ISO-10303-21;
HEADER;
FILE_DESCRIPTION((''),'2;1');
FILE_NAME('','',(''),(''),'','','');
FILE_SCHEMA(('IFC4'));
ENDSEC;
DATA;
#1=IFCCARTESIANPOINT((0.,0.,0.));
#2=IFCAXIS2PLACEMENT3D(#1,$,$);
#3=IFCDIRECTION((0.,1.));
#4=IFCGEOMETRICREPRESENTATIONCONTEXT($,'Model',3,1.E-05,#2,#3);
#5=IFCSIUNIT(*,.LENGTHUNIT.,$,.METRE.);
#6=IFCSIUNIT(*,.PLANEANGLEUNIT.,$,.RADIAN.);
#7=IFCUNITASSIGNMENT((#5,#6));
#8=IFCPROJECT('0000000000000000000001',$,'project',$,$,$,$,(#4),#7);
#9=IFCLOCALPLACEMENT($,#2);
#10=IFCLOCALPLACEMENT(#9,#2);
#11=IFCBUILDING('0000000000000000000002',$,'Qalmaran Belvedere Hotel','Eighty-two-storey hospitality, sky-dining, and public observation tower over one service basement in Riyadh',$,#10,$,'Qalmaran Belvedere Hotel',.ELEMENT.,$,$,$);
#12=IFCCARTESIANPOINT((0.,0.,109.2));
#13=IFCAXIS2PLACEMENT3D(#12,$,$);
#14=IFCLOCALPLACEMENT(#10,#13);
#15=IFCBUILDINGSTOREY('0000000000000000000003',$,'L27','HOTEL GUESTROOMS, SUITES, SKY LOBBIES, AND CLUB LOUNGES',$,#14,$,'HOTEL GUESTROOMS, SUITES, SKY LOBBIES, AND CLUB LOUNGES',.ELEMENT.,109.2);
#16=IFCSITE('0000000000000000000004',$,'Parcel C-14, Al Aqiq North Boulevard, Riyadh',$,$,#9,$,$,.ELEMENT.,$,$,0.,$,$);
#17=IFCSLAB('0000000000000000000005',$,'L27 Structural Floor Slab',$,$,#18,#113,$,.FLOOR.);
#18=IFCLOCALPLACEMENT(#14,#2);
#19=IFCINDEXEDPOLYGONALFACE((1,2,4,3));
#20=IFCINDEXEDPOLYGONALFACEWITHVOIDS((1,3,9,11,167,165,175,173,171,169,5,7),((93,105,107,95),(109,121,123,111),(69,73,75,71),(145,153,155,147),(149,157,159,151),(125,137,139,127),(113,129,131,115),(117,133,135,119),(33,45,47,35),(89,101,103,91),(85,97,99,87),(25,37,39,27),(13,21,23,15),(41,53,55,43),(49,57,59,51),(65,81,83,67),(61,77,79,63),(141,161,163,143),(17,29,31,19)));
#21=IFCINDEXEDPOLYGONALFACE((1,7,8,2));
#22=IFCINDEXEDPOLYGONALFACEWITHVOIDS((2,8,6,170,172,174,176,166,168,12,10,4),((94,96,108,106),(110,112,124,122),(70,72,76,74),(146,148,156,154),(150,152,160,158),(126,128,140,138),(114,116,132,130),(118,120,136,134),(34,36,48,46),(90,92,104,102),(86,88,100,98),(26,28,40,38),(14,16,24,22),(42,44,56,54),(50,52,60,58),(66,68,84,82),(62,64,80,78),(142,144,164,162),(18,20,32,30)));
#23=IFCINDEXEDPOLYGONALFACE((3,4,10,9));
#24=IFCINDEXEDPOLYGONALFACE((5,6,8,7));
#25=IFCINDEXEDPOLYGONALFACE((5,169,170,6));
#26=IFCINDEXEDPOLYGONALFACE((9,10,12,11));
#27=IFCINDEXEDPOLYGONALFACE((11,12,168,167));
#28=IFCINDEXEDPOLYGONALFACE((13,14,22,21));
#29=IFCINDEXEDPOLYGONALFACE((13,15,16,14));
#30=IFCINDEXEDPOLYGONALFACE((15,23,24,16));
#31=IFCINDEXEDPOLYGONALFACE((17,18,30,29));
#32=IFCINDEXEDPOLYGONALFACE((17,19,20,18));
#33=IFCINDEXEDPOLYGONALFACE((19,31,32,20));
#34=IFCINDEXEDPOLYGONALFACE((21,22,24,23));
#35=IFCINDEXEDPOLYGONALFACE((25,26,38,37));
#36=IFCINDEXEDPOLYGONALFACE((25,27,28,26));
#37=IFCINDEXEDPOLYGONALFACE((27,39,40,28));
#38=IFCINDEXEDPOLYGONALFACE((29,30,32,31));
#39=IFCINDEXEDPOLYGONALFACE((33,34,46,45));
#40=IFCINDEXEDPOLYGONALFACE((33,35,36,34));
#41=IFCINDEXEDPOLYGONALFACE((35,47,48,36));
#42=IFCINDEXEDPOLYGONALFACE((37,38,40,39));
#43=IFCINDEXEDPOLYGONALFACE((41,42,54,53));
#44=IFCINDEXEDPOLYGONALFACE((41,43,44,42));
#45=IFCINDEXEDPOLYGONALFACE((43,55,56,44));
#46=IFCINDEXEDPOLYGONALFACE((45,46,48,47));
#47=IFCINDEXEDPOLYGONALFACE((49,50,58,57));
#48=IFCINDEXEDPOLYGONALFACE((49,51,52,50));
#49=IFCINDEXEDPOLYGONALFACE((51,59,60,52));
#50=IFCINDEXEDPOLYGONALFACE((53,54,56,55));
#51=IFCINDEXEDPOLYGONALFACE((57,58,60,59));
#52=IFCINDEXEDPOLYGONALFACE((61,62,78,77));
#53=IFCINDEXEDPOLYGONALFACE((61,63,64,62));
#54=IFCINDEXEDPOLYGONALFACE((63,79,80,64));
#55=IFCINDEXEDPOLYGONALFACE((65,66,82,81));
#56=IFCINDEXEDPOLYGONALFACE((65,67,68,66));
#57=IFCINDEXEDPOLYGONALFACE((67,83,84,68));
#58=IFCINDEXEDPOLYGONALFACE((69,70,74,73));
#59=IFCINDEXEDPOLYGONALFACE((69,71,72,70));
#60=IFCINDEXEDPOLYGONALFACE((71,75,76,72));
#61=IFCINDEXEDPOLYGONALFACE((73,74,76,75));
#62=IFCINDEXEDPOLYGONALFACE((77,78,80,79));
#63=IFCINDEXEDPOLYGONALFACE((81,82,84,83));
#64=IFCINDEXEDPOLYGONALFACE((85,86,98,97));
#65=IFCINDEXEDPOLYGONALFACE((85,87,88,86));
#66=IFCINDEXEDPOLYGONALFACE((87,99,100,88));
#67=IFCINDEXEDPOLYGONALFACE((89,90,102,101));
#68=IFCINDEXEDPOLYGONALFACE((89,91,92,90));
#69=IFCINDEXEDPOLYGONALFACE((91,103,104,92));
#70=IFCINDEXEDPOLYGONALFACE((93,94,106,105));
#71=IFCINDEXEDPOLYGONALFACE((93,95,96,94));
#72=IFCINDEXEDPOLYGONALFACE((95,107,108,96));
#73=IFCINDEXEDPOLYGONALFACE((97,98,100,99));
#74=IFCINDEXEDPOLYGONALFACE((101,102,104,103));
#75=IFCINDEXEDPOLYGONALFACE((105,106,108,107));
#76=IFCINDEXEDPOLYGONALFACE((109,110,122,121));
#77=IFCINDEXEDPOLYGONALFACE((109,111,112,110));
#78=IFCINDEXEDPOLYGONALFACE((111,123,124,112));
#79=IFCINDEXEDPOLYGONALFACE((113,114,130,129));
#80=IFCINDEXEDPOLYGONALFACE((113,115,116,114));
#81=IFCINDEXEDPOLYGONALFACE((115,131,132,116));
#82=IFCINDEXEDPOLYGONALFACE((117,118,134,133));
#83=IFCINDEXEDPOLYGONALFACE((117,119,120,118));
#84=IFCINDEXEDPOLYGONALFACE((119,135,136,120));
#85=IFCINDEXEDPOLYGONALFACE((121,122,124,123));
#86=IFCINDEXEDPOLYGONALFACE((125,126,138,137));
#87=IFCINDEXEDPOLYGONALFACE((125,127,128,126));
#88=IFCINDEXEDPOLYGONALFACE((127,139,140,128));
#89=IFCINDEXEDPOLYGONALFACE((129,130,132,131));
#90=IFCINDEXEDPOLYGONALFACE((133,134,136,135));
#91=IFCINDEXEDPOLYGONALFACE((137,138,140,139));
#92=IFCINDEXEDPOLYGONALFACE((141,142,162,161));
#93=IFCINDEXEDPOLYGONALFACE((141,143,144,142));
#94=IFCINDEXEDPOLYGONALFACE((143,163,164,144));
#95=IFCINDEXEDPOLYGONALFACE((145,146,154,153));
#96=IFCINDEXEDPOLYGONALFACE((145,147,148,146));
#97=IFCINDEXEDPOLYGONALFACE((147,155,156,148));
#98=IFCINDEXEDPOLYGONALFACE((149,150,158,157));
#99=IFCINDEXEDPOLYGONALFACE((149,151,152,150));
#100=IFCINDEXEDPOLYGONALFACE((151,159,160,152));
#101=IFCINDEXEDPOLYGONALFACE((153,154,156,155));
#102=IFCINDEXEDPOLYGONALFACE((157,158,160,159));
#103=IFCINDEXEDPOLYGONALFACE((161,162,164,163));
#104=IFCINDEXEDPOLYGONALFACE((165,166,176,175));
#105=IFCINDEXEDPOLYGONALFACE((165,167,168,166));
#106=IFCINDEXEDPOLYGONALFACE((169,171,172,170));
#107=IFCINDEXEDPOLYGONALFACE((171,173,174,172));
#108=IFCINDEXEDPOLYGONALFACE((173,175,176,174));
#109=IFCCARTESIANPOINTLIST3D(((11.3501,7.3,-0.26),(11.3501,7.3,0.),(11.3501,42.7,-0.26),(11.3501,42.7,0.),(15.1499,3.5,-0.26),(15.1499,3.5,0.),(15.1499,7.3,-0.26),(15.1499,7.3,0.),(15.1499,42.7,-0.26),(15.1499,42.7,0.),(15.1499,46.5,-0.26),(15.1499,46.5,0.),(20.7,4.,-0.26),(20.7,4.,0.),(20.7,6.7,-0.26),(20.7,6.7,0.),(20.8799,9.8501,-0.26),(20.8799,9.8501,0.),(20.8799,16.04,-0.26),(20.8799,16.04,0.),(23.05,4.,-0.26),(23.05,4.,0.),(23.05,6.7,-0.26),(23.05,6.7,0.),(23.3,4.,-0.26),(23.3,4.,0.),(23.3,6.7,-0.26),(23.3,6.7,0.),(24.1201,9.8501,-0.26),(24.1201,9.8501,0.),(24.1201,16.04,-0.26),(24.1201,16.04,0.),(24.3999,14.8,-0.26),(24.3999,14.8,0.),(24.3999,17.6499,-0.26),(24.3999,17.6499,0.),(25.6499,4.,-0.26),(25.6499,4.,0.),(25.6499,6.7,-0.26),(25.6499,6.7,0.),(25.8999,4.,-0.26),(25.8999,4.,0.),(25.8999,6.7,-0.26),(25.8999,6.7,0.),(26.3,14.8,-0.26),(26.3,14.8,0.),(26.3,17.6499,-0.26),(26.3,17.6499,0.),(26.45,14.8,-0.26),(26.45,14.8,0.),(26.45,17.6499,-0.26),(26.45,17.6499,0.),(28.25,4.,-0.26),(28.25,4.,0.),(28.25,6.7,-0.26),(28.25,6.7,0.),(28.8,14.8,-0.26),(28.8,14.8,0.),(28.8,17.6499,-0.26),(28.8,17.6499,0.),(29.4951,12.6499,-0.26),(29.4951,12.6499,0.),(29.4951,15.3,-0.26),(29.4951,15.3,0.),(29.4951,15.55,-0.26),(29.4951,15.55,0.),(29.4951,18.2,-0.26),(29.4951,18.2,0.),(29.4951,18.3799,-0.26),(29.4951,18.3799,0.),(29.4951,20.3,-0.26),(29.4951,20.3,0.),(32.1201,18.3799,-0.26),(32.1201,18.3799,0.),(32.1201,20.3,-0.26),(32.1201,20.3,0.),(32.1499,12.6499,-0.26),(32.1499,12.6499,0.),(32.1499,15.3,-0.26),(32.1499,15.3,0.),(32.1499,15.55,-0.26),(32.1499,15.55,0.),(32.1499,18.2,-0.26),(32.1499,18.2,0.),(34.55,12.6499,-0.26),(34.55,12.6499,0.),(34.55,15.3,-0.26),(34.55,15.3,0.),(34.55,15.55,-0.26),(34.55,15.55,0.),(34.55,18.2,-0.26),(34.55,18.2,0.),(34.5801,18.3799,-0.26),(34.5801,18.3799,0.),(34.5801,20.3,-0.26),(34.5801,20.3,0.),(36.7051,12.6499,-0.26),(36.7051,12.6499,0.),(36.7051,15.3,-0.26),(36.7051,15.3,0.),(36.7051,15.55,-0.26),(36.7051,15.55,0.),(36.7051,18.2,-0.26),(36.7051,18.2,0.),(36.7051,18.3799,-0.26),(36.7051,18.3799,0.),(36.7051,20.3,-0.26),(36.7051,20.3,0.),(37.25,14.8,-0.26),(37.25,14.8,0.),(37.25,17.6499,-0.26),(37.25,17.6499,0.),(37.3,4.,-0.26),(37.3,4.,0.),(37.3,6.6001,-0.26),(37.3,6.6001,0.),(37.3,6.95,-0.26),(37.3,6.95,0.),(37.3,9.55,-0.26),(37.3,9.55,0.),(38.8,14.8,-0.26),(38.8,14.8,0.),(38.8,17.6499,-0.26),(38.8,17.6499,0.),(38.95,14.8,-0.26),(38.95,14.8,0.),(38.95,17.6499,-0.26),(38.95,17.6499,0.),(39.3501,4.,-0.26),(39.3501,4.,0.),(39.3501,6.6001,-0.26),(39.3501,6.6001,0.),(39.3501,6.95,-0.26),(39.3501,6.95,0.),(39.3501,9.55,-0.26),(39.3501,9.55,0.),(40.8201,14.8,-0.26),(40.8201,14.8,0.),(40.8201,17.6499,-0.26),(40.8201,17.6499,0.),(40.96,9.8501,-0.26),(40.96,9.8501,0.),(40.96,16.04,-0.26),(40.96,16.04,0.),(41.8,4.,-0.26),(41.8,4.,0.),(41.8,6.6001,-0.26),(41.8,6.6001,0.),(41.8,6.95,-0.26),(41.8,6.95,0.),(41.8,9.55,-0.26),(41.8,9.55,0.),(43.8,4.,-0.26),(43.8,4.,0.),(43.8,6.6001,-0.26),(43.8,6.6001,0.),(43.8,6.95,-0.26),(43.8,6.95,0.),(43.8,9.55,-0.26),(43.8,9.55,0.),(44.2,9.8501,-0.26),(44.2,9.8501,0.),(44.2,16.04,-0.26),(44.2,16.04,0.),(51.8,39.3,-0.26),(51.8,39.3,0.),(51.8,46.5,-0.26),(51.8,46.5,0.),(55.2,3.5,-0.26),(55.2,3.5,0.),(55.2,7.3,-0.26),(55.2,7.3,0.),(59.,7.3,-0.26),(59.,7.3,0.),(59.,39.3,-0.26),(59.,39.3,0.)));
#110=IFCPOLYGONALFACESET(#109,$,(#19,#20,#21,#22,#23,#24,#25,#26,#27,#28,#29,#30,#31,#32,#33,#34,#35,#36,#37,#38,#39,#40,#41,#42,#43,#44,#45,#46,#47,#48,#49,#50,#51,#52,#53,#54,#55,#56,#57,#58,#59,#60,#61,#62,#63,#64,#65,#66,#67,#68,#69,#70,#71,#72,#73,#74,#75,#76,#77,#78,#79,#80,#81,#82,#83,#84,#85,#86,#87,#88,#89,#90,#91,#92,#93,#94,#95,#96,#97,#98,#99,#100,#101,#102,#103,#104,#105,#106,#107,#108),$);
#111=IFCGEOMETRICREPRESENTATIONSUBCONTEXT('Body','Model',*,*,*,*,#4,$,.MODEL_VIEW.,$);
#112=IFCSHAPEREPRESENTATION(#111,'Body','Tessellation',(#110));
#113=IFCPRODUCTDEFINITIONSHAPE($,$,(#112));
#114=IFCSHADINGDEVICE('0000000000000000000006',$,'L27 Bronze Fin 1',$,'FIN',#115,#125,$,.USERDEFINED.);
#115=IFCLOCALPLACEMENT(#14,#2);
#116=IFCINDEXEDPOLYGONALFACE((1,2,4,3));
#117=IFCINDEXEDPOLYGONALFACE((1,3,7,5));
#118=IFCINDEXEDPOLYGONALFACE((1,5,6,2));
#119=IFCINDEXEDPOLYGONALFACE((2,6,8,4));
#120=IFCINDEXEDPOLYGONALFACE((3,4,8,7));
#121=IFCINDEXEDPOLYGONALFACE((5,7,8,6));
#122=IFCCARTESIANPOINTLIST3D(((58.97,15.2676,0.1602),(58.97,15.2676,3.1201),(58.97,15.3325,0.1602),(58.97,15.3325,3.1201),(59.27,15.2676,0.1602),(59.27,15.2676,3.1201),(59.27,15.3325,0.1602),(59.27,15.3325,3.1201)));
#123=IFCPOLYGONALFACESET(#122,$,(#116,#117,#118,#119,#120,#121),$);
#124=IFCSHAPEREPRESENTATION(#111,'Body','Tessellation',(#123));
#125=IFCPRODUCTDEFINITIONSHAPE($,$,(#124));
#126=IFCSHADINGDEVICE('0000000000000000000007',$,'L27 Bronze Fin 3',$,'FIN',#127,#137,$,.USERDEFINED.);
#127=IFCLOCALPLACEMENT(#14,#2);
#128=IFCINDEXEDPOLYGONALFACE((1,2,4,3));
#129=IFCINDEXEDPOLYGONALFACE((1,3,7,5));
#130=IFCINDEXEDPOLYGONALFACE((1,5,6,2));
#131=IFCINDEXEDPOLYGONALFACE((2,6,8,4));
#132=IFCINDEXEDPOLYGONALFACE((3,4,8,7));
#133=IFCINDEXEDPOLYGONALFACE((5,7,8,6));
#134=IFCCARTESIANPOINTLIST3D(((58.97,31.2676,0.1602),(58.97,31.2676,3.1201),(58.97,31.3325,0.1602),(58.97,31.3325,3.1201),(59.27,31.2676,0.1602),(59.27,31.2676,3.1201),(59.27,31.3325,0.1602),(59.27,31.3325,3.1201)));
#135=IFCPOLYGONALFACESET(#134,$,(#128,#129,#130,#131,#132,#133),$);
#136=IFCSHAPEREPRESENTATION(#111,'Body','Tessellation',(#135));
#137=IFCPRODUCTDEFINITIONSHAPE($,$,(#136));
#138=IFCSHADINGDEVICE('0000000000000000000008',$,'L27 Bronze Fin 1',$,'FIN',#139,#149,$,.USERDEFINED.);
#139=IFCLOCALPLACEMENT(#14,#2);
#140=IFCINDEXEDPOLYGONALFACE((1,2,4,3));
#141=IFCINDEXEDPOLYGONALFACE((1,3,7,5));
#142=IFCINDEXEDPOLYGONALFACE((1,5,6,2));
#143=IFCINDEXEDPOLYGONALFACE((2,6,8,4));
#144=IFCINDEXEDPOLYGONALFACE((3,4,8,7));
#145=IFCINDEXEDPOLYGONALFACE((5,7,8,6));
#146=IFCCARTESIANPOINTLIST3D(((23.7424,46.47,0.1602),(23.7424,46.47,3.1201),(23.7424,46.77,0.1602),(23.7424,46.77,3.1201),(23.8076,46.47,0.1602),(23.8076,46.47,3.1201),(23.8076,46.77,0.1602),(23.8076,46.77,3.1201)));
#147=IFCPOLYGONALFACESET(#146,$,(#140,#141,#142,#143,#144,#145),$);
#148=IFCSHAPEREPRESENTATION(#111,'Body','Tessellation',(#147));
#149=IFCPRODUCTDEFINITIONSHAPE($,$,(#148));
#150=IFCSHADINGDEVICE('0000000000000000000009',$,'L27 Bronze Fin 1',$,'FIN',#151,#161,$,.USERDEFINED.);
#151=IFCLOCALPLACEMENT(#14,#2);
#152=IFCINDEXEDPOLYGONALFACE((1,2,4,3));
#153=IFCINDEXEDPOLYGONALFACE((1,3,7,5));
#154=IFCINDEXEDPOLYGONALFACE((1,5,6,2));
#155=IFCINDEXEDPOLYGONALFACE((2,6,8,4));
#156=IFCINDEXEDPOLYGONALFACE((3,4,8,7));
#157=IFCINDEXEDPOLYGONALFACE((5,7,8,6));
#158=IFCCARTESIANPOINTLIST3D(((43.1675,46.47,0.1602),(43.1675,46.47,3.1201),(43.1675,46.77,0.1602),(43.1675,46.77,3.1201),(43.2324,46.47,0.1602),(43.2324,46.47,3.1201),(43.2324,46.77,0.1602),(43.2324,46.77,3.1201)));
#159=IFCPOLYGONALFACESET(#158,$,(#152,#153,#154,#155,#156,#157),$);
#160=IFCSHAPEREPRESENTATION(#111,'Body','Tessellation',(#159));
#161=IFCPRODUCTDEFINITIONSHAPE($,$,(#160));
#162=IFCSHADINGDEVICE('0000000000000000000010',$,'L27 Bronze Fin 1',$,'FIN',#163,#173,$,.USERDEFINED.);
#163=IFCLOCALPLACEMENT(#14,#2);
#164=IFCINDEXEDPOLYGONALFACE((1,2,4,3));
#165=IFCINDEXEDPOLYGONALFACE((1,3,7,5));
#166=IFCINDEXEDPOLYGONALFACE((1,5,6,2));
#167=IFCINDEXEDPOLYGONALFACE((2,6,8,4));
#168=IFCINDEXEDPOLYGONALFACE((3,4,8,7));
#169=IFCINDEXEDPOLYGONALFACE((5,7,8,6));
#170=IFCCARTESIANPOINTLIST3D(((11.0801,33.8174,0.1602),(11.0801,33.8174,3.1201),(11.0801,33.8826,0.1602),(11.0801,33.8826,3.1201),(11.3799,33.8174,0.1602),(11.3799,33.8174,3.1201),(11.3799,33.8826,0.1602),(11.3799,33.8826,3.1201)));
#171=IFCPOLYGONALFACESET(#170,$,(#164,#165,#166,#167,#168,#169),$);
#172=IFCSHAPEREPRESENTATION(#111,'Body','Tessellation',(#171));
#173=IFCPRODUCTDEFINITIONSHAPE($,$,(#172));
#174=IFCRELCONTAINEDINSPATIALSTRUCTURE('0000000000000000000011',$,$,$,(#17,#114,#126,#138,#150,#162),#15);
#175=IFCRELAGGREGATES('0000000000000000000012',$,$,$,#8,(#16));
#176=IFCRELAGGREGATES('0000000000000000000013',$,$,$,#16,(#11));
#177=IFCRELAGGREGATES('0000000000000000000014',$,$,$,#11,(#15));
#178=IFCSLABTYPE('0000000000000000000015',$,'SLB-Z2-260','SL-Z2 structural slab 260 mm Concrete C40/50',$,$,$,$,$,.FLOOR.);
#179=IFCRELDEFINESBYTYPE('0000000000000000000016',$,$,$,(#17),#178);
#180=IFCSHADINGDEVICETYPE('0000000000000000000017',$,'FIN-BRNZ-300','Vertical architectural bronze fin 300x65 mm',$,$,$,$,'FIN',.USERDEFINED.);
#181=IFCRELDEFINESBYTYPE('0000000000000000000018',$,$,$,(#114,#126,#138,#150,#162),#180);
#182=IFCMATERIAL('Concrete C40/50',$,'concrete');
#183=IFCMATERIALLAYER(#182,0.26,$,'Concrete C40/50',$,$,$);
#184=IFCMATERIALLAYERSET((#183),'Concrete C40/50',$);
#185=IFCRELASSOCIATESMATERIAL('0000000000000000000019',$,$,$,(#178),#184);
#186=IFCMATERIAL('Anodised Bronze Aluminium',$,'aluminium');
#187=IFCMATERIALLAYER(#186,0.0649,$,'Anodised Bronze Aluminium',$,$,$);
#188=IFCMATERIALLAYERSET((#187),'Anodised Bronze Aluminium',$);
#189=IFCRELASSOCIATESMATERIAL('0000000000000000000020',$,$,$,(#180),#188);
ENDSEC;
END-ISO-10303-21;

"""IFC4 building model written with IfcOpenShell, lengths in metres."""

from ifc_helpers import new_model, si_unit, direction, frame, origin, place, context, subcontext, project, spatial, polyline, outline, extrude, material, layer, layer_set, type_object, element, save


model = new_model("IFC4")

# Units and contexts
model_context = context("Model", 3, precision=1e-05, world=origin(), true_north=direction((0.0, 1.0)))
body_context = subcontext(model_context, "Body", "Model", "MODEL_VIEW")
ifc_project = project(units=[si_unit("LENGTHUNIT", "METRE"), si_unit("PLANEANGLEUNIT", "RADIAN")], contexts=[model_context])

# Site, building, storey
site_placement = place(None, origin())
site = spatial("IfcSite", under=ifc_project, at=site_placement, Name="Parcel C-14, Al Aqiq North Boulevard, Riyadh", CompositionType="ELEMENT", RefElevation=0.0)
building_placement = place(site_placement, origin())
building = spatial("IfcBuilding", under=site, at=building_placement, Name="Qalmaran Belvedere Hotel", Description="Eighty-two-storey hospitality, sky-dining, and public observation tower over one service basement in Riyadh", LongName="Qalmaran Belvedere Hotel", CompositionType="ELEMENT")
storey_placement = place(building_placement, frame((0.0, 0.0, 109.2)))
storey = spatial("IfcBuildingStorey", under=building, at=storey_placement, Name="L27", Description="HOTEL GUESTROOMS, SUITES, SKY LOBBIES, AND CLUB LOUNGES", LongName="HOTEL GUESTROOMS, SUITES, SKY LOBBIES, AND CLUB LOUNGES", CompositionType="ELEMENT", Elevation=109.2)

# Shared definitions
ifc_material_1 = material(Name="Anodised Bronze Aluminium", Category="aluminium")

# Shared definitions
ifc_material_2 = material(Name="Concrete C40/50", Category="concrete")

# Slab
ifc_layer_1 = layer(ifc_material_2, 0.26, Name="Concrete C40/50")
ifc_layer_set_1 = layer_set([ifc_layer_1], Name="Concrete C40/50")
slab_type_1 = type_object("IfcSlabType", Name="SLB-Z2-260", Description="SL-Z2 structural slab 260 mm Concrete C40/50", PredefinedType="FLOOR", material=ifc_layer_set_1)
slab_1_placement = place(storey_placement, frame((0.0, 0.0, -0.26)))
element("IfcSlab", 1, at=slab_1_placement, inside=storey, type_object=slab_type_1, Name="L27 Structural Floor Slab", PredefinedType="FLOOR", context=body_context, shape_type="SweptSolid", body=[
    extrude(outline(polyline([(15.1499, 3.5), (55.2, 3.5), (55.2, 7.3), (59.0, 7.3), (59.0, 39.3), (51.8, 39.3), (51.8, 46.5), (15.1499, 46.5), (15.1499, 42.7), (11.3501, 42.7), (11.3501, 7.3), (15.1499, 7.3), (15.1499, 3.5)]), holes=[polyline([(20.8799, 9.8501), (24.1201, 9.8501), (24.1201, 16.04), (20.8799, 16.04), (20.8799, 9.8501)]), polyline([(40.96, 9.8501), (44.2, 9.8501), (44.2, 16.04), (40.96, 16.04), (40.96, 9.8501)]), polyline([(29.4951, 12.6499), (32.1499, 12.6499), (32.1499, 15.3), (29.4951, 15.3), (29.4951, 12.6499)]), polyline([(29.4951, 15.55), (32.1499, 15.55), (32.1499, 18.2), (29.4951, 18.2), (29.4951, 15.55)]), polyline([(34.55, 12.6499), (36.7051, 12.6499), (36.7051, 15.3), (34.55, 15.3), (34.55, 12.6499)]), polyline([(34.55, 15.55), (36.7051, 15.55), (36.7051, 18.2), (34.55, 18.2), (34.55, 15.55)]), polyline([(37.3, 4.0), (39.3501, 4.0), (39.3501, 6.6001), (37.3, 6.6001), (37.3, 4.0)]), polyline([(37.3, 6.95), (39.3501, 6.95), (39.3501, 9.55), (37.3, 9.55), (37.3, 6.95)]), polyline([(41.8, 4.0), (43.8, 4.0), (43.8, 6.6001), (41.8, 6.6001), (41.8, 4.0)]), polyline([(41.8, 6.95), (43.8, 6.95), (43.8, 9.55), (41.8, 9.55), (41.8, 6.95)]), polyline([(20.7, 4.0), (23.05, 4.0), (23.05, 6.7), (20.7, 6.7), (20.7, 4.0)]), polyline([(23.3, 4.0), (25.6499, 4.0), (25.6499, 6.7), (23.3, 6.7), (23.3, 4.0)]), polyline([(25.8999, 4.0), (28.25, 4.0), (28.25, 6.7), (25.8999, 6.7), (25.8999, 4.0)]), polyline([(24.3999, 14.8), (26.3, 14.8), (26.3, 17.6499), (24.3999, 17.6499), (24.3999, 14.8)]), polyline([(38.95, 14.8), (40.8201, 14.8), (40.8201, 17.6499), (38.95, 17.6499), (38.95, 14.8)]), polyline([(26.45, 14.8), (28.8, 14.8), (28.8, 17.6499), (26.45, 17.6499), (26.45, 14.8)]), polyline([(37.25, 14.8), (38.8, 14.8), (38.8, 17.6499), (37.25, 17.6499), (37.25, 14.8)]), polyline([(29.4951, 18.3799), (32.1201, 18.3799), (32.1201, 20.3), (29.4951, 20.3), (29.4951, 18.3799)]), polyline([(34.5801, 18.3799), (36.7051, 18.3799), (36.7051, 20.3), (34.5801, 20.3), (34.5801, 18.3799)])]), origin(), (0.0, 0.0, 1.0), 0.26),
])

# Shading devices
ifc_layer_2 = layer(ifc_material_1, 0.0649, Name="Anodised Bronze Aluminium")
ifc_layer_set_2 = layer_set([ifc_layer_2], Name="Anodised Bronze Aluminium")
shading_device_type = type_object("IfcShadingDeviceType", Name="FIN-BRNZ-300", Description="Vertical architectural bronze fin 300x65 mm", ElementType="FIN", PredefinedType="USERDEFINED", material=ifc_layer_set_2)
shading_device_1_placement = place(storey_placement, frame((0.0, 0.0, 0.1602)))
element("IfcShadingDevice", 2, at=shading_device_1_placement, inside=storey, type_object=shading_device_type, Name="L27 Bronze Fin 1", ObjectType="FIN", PredefinedType="USERDEFINED", context=body_context, shape_type="SweptSolid", body=[
    extrude(outline(polyline([(58.97, 15.2676), (59.27, 15.2676), (59.27, 15.3325), (58.97, 15.3325), (58.97, 15.2676)])), origin(), (0.0, 0.0, 1.0), 2.96),
])
shading_device_2_placement = place(storey_placement, frame((0.0, 0.0, 0.1602)))
element("IfcShadingDevice", 3, at=shading_device_2_placement, inside=storey, type_object=shading_device_type, Name="L27 Bronze Fin 3", ObjectType="FIN", PredefinedType="USERDEFINED", context=body_context, shape_type="SweptSolid", body=[
    extrude(outline(polyline([(58.97, 31.2676), (59.27, 31.2676), (59.27, 31.3325), (58.97, 31.3325), (58.97, 31.2676)])), origin(), (0.0, 0.0, 1.0), 2.96),
])
shading_device_3_placement = place(storey_placement, frame((0.0, 0.0, 0.1602)))
element("IfcShadingDevice", 4, at=shading_device_3_placement, inside=storey, type_object=shading_device_type, Name="L27 Bronze Fin 1", ObjectType="FIN", PredefinedType="USERDEFINED", context=body_context, shape_type="SweptSolid", body=[
    extrude(outline(polyline([(23.8076, 46.47), (23.8076, 46.77), (23.7424, 46.77), (23.7424, 46.47), (23.8076, 46.47)])), origin(), (0.0, 0.0, 1.0), 2.96),
])
shading_device_4_placement = place(storey_placement, frame((0.0, 0.0, 0.1602)))
element("IfcShadingDevice", 5, at=shading_device_4_placement, inside=storey, type_object=shading_device_type, Name="L27 Bronze Fin 1", ObjectType="FIN", PredefinedType="USERDEFINED", context=body_context, shape_type="SweptSolid", body=[
    extrude(outline(polyline([(43.2324, 46.47), (43.2324, 46.77), (43.1675, 46.77), (43.1675, 46.47), (43.2324, 46.47)])), origin(), (0.0, 0.0, 1.0), 2.96),
])
shading_device_5_placement = place(storey_placement, frame((0.0, 0.0, 0.1602)))
element("IfcShadingDevice", 6, at=shading_device_5_placement, inside=storey, type_object=shading_device_type, Name="L27 Bronze Fin 1", ObjectType="FIN", PredefinedType="USERDEFINED", context=body_context, shape_type="SweptSolid", body=[
    extrude(outline(polyline([(11.3799, 33.8826), (11.0801, 33.8826), (11.0801, 33.8174), (11.3799, 33.8174), (11.3799, 33.8826)])), origin(), (0.0, 0.0, 1.0), 2.96),
])

save(model, "model.ifc")
